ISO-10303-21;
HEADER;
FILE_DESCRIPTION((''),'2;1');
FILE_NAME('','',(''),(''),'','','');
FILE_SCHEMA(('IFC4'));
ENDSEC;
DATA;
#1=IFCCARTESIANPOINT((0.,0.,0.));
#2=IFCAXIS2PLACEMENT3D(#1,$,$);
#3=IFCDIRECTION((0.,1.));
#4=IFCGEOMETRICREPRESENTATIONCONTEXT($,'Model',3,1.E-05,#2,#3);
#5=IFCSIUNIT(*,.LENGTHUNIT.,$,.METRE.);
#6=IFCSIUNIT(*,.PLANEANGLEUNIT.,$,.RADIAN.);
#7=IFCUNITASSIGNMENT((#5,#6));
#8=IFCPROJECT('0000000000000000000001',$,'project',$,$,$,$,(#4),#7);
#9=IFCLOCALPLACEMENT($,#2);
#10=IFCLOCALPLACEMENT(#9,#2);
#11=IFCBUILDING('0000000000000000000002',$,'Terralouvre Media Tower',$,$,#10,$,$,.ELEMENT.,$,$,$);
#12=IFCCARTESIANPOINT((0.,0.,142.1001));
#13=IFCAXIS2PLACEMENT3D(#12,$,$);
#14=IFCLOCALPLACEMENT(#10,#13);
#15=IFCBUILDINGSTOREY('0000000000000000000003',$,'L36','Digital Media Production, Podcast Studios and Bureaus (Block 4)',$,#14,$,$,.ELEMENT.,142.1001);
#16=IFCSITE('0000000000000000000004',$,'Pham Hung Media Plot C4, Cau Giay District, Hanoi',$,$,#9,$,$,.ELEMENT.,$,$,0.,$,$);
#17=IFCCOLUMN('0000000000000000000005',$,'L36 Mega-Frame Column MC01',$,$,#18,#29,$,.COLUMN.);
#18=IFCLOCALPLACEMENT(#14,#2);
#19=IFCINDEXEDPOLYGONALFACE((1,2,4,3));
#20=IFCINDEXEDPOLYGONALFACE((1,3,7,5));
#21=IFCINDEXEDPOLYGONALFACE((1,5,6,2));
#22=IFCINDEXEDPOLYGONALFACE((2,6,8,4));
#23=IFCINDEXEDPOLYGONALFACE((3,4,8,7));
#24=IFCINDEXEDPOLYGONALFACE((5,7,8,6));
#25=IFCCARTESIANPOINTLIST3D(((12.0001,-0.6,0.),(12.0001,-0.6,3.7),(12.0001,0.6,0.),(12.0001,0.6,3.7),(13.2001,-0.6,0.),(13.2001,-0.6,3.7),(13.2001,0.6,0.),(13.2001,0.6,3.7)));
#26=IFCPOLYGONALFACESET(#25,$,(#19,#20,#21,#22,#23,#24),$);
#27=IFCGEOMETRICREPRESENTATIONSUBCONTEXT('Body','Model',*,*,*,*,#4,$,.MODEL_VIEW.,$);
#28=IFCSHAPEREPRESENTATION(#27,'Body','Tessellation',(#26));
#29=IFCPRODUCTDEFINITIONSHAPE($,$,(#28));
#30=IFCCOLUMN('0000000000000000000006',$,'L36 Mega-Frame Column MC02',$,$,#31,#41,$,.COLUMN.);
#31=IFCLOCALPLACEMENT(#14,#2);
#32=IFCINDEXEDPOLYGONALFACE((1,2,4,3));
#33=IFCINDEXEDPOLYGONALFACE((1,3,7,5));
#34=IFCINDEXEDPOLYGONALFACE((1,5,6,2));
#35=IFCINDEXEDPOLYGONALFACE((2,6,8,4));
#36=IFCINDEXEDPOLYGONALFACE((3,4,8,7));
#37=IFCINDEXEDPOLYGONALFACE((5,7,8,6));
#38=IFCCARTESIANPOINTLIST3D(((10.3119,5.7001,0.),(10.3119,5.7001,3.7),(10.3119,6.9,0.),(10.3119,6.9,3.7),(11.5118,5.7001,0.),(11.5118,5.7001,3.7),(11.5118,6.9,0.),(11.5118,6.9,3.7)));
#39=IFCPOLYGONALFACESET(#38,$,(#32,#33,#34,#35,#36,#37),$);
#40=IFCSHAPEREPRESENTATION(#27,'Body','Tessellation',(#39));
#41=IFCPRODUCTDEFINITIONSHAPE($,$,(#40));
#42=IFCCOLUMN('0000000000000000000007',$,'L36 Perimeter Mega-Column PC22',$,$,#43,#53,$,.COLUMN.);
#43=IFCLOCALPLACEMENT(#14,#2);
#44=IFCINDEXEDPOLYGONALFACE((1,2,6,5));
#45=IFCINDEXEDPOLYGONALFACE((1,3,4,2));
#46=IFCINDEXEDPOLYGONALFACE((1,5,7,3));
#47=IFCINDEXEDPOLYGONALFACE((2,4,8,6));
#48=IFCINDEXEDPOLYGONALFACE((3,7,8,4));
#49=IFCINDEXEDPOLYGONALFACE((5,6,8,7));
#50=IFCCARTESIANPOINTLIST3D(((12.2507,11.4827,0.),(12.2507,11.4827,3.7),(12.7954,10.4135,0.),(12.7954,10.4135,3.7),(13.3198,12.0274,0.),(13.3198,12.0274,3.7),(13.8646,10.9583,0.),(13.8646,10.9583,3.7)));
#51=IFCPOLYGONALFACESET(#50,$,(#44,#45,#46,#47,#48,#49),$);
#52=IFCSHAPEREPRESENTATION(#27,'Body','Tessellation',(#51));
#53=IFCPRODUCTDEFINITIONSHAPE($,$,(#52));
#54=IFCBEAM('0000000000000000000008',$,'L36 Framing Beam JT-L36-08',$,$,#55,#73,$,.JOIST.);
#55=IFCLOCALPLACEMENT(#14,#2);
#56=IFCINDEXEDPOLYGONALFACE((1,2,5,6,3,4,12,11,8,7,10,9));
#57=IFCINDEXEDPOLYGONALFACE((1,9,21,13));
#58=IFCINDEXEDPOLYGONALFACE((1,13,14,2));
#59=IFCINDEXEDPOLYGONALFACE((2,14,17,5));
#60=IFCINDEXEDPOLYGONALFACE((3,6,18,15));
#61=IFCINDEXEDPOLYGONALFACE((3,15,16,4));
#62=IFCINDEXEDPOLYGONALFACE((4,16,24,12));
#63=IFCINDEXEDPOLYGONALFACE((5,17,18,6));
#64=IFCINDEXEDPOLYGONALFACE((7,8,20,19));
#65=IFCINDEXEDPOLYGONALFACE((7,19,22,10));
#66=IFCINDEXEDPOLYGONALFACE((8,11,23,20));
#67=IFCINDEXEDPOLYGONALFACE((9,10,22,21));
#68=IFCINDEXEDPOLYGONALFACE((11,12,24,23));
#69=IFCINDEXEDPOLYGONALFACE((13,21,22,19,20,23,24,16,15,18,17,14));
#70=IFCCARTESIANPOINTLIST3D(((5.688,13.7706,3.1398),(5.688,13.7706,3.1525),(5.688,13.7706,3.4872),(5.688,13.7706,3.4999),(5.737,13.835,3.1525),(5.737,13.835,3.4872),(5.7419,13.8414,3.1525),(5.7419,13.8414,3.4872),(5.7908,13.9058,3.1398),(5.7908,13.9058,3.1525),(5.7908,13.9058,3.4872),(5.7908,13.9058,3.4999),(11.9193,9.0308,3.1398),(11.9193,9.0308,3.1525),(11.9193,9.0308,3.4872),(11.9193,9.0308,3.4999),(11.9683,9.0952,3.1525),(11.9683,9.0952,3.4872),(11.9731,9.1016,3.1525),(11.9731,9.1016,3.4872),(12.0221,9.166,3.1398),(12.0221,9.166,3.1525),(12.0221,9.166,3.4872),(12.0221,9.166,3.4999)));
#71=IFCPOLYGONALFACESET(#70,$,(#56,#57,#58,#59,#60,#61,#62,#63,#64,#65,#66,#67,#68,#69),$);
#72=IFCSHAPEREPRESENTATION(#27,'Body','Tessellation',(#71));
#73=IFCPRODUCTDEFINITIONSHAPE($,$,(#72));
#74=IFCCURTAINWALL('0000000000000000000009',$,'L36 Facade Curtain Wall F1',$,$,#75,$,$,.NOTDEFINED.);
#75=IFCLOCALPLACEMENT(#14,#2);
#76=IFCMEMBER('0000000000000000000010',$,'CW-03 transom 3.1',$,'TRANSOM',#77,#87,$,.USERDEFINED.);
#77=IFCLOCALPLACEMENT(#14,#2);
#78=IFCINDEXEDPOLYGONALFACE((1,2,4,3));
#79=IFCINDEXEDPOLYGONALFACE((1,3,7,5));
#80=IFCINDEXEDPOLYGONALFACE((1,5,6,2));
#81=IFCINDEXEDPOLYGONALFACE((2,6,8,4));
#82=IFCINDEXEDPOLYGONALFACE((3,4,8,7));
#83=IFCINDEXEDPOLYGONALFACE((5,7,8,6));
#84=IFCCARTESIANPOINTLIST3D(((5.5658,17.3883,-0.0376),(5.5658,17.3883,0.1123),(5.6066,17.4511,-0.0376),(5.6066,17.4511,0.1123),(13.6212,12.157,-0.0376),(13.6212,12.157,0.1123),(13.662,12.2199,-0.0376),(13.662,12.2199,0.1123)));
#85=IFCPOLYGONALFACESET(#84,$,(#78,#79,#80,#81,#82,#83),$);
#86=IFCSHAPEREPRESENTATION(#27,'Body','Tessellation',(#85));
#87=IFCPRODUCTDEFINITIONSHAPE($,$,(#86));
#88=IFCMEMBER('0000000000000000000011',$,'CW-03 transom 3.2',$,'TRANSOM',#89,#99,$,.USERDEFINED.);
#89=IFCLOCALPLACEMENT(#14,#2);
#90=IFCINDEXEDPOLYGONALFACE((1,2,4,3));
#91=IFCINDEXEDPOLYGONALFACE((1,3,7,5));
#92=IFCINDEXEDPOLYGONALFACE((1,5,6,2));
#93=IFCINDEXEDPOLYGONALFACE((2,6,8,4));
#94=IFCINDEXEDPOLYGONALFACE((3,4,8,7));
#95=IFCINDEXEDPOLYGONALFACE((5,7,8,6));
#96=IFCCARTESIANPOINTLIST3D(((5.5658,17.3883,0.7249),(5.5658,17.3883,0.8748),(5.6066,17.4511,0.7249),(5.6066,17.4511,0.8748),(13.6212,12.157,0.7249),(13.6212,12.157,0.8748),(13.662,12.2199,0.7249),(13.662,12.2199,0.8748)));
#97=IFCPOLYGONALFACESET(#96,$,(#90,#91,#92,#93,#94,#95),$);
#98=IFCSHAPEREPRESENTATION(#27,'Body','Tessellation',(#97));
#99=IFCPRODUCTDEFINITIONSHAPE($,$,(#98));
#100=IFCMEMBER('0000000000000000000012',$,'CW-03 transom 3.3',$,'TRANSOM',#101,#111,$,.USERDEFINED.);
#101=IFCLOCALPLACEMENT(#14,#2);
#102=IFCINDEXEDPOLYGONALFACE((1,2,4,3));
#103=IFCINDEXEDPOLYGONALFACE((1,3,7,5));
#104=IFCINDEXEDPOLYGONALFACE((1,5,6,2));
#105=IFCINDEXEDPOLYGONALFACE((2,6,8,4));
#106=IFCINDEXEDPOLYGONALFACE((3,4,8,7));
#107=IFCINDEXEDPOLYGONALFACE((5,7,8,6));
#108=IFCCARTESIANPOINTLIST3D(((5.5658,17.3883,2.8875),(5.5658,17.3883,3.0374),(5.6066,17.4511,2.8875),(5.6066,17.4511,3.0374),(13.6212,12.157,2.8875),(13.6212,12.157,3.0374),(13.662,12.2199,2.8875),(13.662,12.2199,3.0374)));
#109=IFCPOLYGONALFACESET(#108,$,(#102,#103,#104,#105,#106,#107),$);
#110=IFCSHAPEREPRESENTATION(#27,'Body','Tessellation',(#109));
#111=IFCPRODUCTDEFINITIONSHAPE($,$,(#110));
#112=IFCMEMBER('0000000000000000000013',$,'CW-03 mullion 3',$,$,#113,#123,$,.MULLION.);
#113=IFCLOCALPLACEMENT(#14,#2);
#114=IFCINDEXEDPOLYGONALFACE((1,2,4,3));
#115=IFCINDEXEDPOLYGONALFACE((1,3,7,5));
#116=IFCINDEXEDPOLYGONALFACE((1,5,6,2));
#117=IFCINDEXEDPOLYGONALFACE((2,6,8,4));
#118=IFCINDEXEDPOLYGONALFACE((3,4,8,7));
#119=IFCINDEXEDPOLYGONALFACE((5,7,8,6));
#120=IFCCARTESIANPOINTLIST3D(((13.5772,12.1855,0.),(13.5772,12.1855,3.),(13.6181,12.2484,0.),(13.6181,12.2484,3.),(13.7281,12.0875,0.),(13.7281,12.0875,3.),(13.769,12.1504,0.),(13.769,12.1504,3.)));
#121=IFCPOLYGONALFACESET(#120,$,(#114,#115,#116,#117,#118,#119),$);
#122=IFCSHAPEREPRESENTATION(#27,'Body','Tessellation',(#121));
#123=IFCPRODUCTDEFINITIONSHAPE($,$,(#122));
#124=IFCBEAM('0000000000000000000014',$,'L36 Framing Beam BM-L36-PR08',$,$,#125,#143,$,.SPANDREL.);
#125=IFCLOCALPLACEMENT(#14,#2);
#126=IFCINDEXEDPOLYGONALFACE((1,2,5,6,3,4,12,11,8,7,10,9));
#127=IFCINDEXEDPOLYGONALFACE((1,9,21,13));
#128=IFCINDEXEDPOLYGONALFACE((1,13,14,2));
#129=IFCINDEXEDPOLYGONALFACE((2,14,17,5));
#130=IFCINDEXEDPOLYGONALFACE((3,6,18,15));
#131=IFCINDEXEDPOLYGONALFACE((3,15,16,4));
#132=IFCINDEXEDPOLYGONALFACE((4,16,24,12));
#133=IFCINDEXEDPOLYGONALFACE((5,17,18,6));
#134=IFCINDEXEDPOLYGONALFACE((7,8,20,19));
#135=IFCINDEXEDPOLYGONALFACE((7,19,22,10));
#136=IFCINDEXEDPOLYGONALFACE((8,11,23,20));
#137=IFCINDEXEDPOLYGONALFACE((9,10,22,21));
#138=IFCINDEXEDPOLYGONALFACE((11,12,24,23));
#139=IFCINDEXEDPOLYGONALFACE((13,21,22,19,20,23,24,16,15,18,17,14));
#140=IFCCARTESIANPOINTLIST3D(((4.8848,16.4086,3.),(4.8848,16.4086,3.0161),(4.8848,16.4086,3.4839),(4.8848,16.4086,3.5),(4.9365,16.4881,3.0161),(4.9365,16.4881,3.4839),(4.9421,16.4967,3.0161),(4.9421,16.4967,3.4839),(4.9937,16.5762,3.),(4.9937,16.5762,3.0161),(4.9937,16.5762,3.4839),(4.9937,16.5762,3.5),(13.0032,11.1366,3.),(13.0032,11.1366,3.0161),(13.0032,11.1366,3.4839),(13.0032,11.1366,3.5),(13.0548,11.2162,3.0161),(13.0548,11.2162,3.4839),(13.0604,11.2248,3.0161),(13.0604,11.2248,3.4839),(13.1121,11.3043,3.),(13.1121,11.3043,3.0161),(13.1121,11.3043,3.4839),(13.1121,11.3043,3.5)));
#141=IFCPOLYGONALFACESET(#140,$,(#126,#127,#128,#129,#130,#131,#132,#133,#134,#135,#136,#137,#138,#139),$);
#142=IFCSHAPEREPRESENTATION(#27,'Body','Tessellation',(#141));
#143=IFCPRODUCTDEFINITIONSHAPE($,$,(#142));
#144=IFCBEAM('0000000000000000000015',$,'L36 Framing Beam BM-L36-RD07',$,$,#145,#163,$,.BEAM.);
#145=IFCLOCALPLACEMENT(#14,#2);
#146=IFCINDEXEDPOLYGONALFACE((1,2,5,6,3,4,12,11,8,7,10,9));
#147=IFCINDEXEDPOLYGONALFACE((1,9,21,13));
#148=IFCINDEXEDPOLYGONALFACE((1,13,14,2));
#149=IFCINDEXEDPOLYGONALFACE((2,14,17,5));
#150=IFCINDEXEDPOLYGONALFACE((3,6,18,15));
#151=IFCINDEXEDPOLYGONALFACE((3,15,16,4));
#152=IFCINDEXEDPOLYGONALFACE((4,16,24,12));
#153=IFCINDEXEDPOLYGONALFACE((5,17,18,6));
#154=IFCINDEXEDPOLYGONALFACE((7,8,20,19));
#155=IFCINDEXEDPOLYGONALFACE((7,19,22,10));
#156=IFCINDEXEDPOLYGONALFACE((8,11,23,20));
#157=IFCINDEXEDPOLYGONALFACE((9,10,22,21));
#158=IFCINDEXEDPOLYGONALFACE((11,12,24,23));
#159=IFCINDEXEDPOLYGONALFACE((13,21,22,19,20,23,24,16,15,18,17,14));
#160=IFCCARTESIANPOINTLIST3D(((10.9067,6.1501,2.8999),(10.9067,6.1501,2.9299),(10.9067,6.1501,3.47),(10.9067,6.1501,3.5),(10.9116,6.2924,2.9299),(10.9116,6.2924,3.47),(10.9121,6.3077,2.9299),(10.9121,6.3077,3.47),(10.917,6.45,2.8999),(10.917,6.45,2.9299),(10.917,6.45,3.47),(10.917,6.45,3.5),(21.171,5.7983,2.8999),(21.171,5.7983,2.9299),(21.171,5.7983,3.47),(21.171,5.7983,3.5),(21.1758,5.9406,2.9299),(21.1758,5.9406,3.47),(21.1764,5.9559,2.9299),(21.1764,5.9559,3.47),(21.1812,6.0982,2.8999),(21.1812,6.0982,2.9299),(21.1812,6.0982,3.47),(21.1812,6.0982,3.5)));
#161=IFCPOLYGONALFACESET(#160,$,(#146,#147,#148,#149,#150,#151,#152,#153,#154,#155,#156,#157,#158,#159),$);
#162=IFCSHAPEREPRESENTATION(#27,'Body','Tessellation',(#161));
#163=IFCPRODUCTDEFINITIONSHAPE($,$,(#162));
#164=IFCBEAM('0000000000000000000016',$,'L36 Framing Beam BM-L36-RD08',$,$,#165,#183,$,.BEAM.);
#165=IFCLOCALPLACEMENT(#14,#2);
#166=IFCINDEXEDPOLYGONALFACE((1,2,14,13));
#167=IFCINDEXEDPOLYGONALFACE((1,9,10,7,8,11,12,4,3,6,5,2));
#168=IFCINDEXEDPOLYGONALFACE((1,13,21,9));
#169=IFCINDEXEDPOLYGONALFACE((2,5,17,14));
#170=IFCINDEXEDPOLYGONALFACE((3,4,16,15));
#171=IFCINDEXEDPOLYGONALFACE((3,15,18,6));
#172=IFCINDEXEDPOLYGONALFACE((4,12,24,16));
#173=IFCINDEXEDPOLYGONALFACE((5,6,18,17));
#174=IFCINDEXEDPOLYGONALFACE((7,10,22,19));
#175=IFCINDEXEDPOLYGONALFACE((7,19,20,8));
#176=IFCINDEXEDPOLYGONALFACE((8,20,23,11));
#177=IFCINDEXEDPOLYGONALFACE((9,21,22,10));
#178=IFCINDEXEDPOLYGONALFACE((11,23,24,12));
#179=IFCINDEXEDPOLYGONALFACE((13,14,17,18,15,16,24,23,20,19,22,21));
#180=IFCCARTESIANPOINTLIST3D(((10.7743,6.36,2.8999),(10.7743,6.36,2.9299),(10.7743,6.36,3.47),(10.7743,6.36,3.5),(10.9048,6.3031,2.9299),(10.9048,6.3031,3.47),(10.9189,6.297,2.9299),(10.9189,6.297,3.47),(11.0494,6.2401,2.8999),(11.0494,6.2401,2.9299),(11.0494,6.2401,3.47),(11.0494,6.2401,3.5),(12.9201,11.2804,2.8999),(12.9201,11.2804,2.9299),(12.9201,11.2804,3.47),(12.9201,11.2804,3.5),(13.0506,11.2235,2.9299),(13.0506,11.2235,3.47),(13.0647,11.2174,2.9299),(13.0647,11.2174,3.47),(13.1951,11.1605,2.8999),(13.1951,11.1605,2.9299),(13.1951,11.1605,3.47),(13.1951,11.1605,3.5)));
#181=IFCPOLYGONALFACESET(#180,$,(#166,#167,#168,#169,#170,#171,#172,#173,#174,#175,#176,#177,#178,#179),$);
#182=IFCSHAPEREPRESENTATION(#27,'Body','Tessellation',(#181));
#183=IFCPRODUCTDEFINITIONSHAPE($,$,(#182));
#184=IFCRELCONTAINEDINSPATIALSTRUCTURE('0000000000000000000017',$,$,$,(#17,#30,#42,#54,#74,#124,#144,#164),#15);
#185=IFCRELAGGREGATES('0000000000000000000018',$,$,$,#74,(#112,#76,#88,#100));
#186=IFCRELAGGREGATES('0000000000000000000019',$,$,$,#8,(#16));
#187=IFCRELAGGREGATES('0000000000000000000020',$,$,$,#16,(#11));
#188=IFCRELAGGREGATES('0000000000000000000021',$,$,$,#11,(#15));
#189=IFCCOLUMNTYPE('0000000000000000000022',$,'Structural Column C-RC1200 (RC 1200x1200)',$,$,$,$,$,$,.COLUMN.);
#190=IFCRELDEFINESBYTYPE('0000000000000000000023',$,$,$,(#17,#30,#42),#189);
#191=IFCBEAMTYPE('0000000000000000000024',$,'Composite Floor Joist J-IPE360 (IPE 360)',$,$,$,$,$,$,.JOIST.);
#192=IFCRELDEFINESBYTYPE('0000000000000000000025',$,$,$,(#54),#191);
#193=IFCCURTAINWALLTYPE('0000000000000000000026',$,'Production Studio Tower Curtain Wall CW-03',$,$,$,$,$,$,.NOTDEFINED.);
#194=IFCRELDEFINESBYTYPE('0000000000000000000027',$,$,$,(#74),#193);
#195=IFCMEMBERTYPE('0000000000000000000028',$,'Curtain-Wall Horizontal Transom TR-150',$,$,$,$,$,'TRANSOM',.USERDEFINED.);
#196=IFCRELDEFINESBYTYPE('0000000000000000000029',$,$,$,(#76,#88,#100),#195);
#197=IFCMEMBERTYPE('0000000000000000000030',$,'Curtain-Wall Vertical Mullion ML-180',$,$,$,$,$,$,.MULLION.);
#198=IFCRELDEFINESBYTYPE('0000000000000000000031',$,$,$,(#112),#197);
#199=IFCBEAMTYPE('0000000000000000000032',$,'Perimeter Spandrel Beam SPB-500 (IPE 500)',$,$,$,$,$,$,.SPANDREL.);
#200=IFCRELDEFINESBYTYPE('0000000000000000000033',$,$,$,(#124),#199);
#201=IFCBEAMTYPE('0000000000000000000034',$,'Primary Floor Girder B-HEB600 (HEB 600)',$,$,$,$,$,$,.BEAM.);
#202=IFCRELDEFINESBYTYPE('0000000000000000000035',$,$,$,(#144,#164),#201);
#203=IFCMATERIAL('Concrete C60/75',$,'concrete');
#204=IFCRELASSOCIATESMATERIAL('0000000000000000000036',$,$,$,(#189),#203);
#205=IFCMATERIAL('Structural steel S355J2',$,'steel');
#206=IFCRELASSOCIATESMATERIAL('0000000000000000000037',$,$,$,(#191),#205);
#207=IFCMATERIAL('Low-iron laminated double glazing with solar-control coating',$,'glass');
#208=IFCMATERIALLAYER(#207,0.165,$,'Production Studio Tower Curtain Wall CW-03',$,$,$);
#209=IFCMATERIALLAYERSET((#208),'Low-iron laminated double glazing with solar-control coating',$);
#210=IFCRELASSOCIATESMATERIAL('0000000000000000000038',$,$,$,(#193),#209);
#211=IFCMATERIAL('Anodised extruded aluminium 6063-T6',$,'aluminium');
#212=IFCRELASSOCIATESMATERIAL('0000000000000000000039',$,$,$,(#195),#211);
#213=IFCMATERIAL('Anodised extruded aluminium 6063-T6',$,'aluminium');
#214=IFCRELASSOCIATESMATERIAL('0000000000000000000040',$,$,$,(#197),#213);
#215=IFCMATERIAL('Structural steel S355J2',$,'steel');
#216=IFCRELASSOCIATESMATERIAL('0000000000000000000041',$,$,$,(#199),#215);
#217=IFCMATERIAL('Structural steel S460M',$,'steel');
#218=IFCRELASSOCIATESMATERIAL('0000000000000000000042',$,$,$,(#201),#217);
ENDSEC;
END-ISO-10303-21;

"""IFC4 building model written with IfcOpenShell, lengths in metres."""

from ifc_helpers import new_model, si_unit, direction, frame, origin, origin_2d, place, context, subcontext, project, spatial, rectangle, i_section, extrude, material, layer, layer_set, material_profile, profile_set, type_object, element, aggregate, save


model = new_model("IFC4")

# Units and contexts
model_context = context("Model", 3, precision=1e-05, world=origin(), true_north=direction((0.0, 1.0)))
body_context = subcontext(model_context, "Body", "Model", "MODEL_VIEW")
ifc_project = project(units=[si_unit("LENGTHUNIT", "METRE"), si_unit("PLANEANGLEUNIT", "RADIAN")], contexts=[model_context])

# Site, building, storey
site_placement = place(None, origin())
site = spatial("IfcSite", under=ifc_project, at=site_placement, Name="Pham Hung Media Plot C4, Cau Giay District, Hanoi", CompositionType="ELEMENT", RefElevation=0.0)
building_placement = place(site_placement, origin())
building = spatial("IfcBuilding", under=site, at=building_placement, Name="Terralouvre Media Tower", CompositionType="ELEMENT")
storey_placement = place(building_placement, frame((0.0, 0.0, 142.1001)))
storey = spatial("IfcBuildingStorey", under=building, at=storey_placement, Name="L36", Description="Digital Media Production, Podcast Studios and Bureaus (Block 4)", CompositionType="ELEMENT", Elevation=142.1001)

# Columns
ifc_material_1 = material(Name="Concrete C60/75", Category="concrete")
ifc_material_profile_1 = material_profile(ifc_material_1, rectangle(XDim=1.2, YDim=1.2, at=origin_2d()), Name="RC 1200x1200")
ifc_profile_set_1 = profile_set([ifc_material_profile_1], Name="Concrete C60/75")
column_type = type_object("IfcColumnType", Name="Structural Column C-RC1200 (RC 1200x1200)", PredefinedType="COLUMN", material=ifc_profile_set_1)
for number, where, z_axis, x_axis, name in (
    (1, (12.6001, 0.0, 0.0), (0.0, 0.0, 1.0), (1.0, 0.0, 0.0), "L36 Mega-Frame Column MC01"),
    (2, (10.9119, 6.3, 0.0), (0.0, 0.0, 1.0), (1.0, 0.0, 0.0), "L36 Mega-Frame Column MC02"),
    (3, (13.0576, 11.2205, 0.0), (0.0, 0.0, 1.0), (0.891007, 0.45399, 0.0), "L36 Perimeter Mega-Column PC22"),
):
    element("IfcColumn", number, at=place(storey_placement, frame(where, z_axis=z_axis, x_axis=x_axis)), inside=storey, type_object=column_type, Name=name, PredefinedType="COLUMN", context=body_context, shape_type="SweptSolid", body=[
        extrude(rectangle(XDim=1.2, YDim=1.2, at=origin_2d()), origin(), (0.0, 0.0, 1.0), 3.7),
    ])

# Beam
ifc_material_2 = material(Name="Structural steel S355J2", Category="steel")
ifc_material_profile_2 = material_profile(ifc_material_2, i_section(OverallWidth=0.1699, OverallDepth=0.3601, WebThickness=0.0081, FlangeThickness=0.0127, at=origin_2d()), Name="IPE 360")
ifc_profile_set_2 = profile_set([ifc_material_profile_2], Name="Structural steel S355J2")
beam_type_1 = type_object("IfcBeamType", Name="Composite Floor Joist J-IPE360 (IPE 360)", PredefinedType="JOIST", material=ifc_profile_set_2)
beam_1_placement = place(storey_placement, frame((11.9707, 9.0984, 3.3198), z_axis=(-0.795914, 0.60541, 0.0), x_axis=(-0.60541, -0.795914, 0.0)))
element("IfcBeam", 4, at=beam_1_placement, inside=storey, type_object=beam_type_1, Name="L36 Framing Beam JT-L36-08", PredefinedType="JOIST", context=body_context, shape_type="SweptSolid", body=[
    extrude(i_section(OverallWidth=0.1699, OverallDepth=0.3601, WebThickness=0.0081, FlangeThickness=0.0127, at=origin_2d()), origin(), (0.0, 0.0, 1.0), 7.8291),
])

# Curtain wall, members
ifc_material_3 = material(Name="Low-iron laminated double glazing with solar-control coating", Category="glass")
ifc_layer_1 = layer(ifc_material_3, 0.165, Name="Production Studio Tower Curtain Wall CW-03")
ifc_layer_set_1 = layer_set([ifc_layer_1], Name="Low-iron laminated double glazing with solar-control coating")
curtain_wall_type = type_object("IfcCurtainWallType", Name="Production Studio Tower Curtain Wall CW-03", PredefinedType="NOTDEFINED", material=ifc_layer_set_1)
curtain_wall_placement = place(storey_placement, origin())
curtain_wall = element("IfcCurtainWall", 5, at=curtain_wall_placement, inside=storey, type_object=curtain_wall_type, Name="L36 Facade Curtain Wall F1", PredefinedType="NOTDEFINED")
ifc_material_4 = material(Name="Anodised extruded aluminium 6063-T6", Category="aluminium")
ifc_material_profile_3 = material_profile(ifc_material_4, rectangle(XDim=0.075, YDim=0.1499, at=origin_2d()), Name="ALU 75x150")
ifc_profile_set_3 = profile_set([ifc_material_profile_3], Name="Anodised extruded aluminium 6063-T6")
member_type_1 = type_object("IfcMemberType", Name="Curtain-Wall Horizontal Transom TR-150", ElementType="TRANSOM", PredefinedType="USERDEFINED", material=ifc_profile_set_3)
member_1_placement = place(storey_placement, frame((13.6416, 12.1885, 0.0374), z_axis=(-0.838673, 0.544635, 0.0), x_axis=(-0.544635, -0.838673, 0.0)))
member_1 = element("IfcMember", 6, at=member_1_placement, type_object=member_type_1, Name="CW-03 transom 3.1", ObjectType="TRANSOM", PredefinedType="USERDEFINED", context=body_context, shape_type="SweptSolid", body=[
    extrude(rectangle(XDim=0.075, YDim=0.1499, at=origin_2d()), origin(), (0.0, 0.0, 1.0), 9.605),
])
member_2_placement = place(storey_placement, frame((13.6416, 12.1885, 0.7998), z_axis=(-0.838673, 0.544635, 0.0), x_axis=(-0.544635, -0.838673, 0.0)))
member_2 = element("IfcMember", 7, at=member_2_placement, type_object=member_type_1, Name="CW-03 transom 3.2", ObjectType="TRANSOM", PredefinedType="USERDEFINED", context=body_context, shape_type="SweptSolid", body=[
    extrude(rectangle(XDim=0.075, YDim=0.1499, at=origin_2d()), origin(), (0.0, 0.0, 1.0), 9.605),
])
member_3_placement = place(storey_placement, frame((13.6416, 12.1885, 2.9624), z_axis=(-0.838673, 0.544635, 0.0), x_axis=(-0.544635, -0.838673, 0.0)))
member_3 = element("IfcMember", 8, at=member_3_placement, type_object=member_type_1, Name="CW-03 transom 3.3", ObjectType="TRANSOM", PredefinedType="USERDEFINED", context=body_context, shape_type="SweptSolid", body=[
    extrude(rectangle(XDim=0.075, YDim=0.1499, at=origin_2d()), origin(), (0.0, 0.0, 1.0), 9.605),
])
ifc_material_5 = material(Name="Anodised extruded aluminium 6063-T6", Category="aluminium")
ifc_material_profile_4 = material_profile(ifc_material_5, rectangle(XDim=0.075, YDim=0.1799, at=origin_2d()), Name="ALU 75x180")
ifc_profile_set_4 = profile_set([ifc_material_profile_4], Name="Anodised extruded aluminium 6063-T6")
member_type_2 = type_object("IfcMemberType", Name="Curtain-Wall Vertical Mullion ML-180", PredefinedType="MULLION", material=ifc_profile_set_4)
member_4_placement = place(storey_placement, frame((13.6731, 12.168, 0.0), z_axis=(0.0, 0.0, 1.0), x_axis=(-0.544639, -0.838671, 0.0)))
member_4 = element("IfcMember", 9, at=member_4_placement, type_object=member_type_2, Name="CW-03 mullion 3", PredefinedType="MULLION", context=body_context, shape_type="SweptSolid", body=[
    extrude(rectangle(XDim=0.075, YDim=0.1799, at=origin_2d()), origin(), (0.0, 0.0, 1.0), 3.0),
])

# Beams
ifc_material_6 = material(Name="Structural steel S355J2", Category="steel")
ifc_material_profile_5 = material_profile(ifc_material_6, i_section(OverallWidth=0.2, OverallDepth=0.5, WebThickness=0.0103, FlangeThickness=0.0161, at=origin_2d()), Name="IPE 500")
ifc_profile_set_5 = profile_set([ifc_material_profile_5], Name="Structural steel S355J2")
beam_type_2 = type_object("IfcBeamType", Name="Perimeter Spandrel Beam SPB-500 (IPE 500)", PredefinedType="SPANDREL", material=ifc_profile_set_5)
beam_2_placement = place(storey_placement, frame((13.0576, 11.2205, 3.25), z_axis=(-0.838679, 0.544626, 0.0), x_axis=(-0.544626, -0.838679, 0.0)))
element("IfcBeam", 10, at=beam_2_placement, inside=storey, type_object=beam_type_2, Name="L36 Framing Beam BM-L36-PR08", PredefinedType="SPANDREL", context=body_context, shape_type="SweptSolid", body=[
    extrude(i_section(OverallWidth=0.2, OverallDepth=0.5, WebThickness=0.0103, FlangeThickness=0.0161, at=origin_2d()), origin(), (0.0, 0.0, 1.0), 9.6799),
])
ifc_material_7 = material(Name="Structural steel S460M", Category="steel")
ifc_material_profile_6 = material_profile(ifc_material_7, i_section(OverallWidth=0.3, OverallDepth=0.6001, WebThickness=0.0154, FlangeThickness=0.03, at=origin_2d()), Name="HEB 600")
ifc_profile_set_6 = profile_set([ifc_material_profile_6], Name="Structural steel S460M")
beam_type_3 = type_object("IfcBeamType", Name="Primary Floor Girder B-HEB600 (HEB 600)", PredefinedType="BEAM", material=ifc_profile_set_6)
beam_3_placement = place(storey_placement, frame((10.9119, 6.3, 3.2), z_axis=(0.999413, -0.034255, 0.0), x_axis=(0.034255, 0.999413, 0.0)))
element("IfcBeam", 11, at=beam_3_placement, inside=storey, type_object=beam_type_3, Name="L36 Framing Beam BM-L36-RD07", PredefinedType="BEAM", context=body_context, shape_type="SweptSolid", body=[
    extrude(i_section(OverallWidth=0.3, OverallDepth=0.6001, WebThickness=0.0154, FlangeThickness=0.03, at=origin_2d()), origin(), (0.0, 0.0, 1.0), 10.2703),
])
beam_4_placement = place(storey_placement, frame((10.9119, 6.3, 3.2), z_axis=(0.399735, 0.916631, 0.0), x_axis=(-0.916631, 0.399735, 0.0)))
element("IfcBeam", 12, at=beam_4_placement, inside=storey, type_object=beam_type_3, Name="L36 Framing Beam BM-L36-RD08", PredefinedType="BEAM", context=body_context, shape_type="SweptSolid", body=[
    extrude(i_section(OverallWidth=0.3, OverallDepth=0.6001, WebThickness=0.0154, FlangeThickness=0.03, at=origin_2d()), origin(), (0.0, 0.0, 1.0), 5.3679),
])

aggregate(curtain_wall, [member_4, member_1, member_2, member_3])

save(model, "model.ifc")
